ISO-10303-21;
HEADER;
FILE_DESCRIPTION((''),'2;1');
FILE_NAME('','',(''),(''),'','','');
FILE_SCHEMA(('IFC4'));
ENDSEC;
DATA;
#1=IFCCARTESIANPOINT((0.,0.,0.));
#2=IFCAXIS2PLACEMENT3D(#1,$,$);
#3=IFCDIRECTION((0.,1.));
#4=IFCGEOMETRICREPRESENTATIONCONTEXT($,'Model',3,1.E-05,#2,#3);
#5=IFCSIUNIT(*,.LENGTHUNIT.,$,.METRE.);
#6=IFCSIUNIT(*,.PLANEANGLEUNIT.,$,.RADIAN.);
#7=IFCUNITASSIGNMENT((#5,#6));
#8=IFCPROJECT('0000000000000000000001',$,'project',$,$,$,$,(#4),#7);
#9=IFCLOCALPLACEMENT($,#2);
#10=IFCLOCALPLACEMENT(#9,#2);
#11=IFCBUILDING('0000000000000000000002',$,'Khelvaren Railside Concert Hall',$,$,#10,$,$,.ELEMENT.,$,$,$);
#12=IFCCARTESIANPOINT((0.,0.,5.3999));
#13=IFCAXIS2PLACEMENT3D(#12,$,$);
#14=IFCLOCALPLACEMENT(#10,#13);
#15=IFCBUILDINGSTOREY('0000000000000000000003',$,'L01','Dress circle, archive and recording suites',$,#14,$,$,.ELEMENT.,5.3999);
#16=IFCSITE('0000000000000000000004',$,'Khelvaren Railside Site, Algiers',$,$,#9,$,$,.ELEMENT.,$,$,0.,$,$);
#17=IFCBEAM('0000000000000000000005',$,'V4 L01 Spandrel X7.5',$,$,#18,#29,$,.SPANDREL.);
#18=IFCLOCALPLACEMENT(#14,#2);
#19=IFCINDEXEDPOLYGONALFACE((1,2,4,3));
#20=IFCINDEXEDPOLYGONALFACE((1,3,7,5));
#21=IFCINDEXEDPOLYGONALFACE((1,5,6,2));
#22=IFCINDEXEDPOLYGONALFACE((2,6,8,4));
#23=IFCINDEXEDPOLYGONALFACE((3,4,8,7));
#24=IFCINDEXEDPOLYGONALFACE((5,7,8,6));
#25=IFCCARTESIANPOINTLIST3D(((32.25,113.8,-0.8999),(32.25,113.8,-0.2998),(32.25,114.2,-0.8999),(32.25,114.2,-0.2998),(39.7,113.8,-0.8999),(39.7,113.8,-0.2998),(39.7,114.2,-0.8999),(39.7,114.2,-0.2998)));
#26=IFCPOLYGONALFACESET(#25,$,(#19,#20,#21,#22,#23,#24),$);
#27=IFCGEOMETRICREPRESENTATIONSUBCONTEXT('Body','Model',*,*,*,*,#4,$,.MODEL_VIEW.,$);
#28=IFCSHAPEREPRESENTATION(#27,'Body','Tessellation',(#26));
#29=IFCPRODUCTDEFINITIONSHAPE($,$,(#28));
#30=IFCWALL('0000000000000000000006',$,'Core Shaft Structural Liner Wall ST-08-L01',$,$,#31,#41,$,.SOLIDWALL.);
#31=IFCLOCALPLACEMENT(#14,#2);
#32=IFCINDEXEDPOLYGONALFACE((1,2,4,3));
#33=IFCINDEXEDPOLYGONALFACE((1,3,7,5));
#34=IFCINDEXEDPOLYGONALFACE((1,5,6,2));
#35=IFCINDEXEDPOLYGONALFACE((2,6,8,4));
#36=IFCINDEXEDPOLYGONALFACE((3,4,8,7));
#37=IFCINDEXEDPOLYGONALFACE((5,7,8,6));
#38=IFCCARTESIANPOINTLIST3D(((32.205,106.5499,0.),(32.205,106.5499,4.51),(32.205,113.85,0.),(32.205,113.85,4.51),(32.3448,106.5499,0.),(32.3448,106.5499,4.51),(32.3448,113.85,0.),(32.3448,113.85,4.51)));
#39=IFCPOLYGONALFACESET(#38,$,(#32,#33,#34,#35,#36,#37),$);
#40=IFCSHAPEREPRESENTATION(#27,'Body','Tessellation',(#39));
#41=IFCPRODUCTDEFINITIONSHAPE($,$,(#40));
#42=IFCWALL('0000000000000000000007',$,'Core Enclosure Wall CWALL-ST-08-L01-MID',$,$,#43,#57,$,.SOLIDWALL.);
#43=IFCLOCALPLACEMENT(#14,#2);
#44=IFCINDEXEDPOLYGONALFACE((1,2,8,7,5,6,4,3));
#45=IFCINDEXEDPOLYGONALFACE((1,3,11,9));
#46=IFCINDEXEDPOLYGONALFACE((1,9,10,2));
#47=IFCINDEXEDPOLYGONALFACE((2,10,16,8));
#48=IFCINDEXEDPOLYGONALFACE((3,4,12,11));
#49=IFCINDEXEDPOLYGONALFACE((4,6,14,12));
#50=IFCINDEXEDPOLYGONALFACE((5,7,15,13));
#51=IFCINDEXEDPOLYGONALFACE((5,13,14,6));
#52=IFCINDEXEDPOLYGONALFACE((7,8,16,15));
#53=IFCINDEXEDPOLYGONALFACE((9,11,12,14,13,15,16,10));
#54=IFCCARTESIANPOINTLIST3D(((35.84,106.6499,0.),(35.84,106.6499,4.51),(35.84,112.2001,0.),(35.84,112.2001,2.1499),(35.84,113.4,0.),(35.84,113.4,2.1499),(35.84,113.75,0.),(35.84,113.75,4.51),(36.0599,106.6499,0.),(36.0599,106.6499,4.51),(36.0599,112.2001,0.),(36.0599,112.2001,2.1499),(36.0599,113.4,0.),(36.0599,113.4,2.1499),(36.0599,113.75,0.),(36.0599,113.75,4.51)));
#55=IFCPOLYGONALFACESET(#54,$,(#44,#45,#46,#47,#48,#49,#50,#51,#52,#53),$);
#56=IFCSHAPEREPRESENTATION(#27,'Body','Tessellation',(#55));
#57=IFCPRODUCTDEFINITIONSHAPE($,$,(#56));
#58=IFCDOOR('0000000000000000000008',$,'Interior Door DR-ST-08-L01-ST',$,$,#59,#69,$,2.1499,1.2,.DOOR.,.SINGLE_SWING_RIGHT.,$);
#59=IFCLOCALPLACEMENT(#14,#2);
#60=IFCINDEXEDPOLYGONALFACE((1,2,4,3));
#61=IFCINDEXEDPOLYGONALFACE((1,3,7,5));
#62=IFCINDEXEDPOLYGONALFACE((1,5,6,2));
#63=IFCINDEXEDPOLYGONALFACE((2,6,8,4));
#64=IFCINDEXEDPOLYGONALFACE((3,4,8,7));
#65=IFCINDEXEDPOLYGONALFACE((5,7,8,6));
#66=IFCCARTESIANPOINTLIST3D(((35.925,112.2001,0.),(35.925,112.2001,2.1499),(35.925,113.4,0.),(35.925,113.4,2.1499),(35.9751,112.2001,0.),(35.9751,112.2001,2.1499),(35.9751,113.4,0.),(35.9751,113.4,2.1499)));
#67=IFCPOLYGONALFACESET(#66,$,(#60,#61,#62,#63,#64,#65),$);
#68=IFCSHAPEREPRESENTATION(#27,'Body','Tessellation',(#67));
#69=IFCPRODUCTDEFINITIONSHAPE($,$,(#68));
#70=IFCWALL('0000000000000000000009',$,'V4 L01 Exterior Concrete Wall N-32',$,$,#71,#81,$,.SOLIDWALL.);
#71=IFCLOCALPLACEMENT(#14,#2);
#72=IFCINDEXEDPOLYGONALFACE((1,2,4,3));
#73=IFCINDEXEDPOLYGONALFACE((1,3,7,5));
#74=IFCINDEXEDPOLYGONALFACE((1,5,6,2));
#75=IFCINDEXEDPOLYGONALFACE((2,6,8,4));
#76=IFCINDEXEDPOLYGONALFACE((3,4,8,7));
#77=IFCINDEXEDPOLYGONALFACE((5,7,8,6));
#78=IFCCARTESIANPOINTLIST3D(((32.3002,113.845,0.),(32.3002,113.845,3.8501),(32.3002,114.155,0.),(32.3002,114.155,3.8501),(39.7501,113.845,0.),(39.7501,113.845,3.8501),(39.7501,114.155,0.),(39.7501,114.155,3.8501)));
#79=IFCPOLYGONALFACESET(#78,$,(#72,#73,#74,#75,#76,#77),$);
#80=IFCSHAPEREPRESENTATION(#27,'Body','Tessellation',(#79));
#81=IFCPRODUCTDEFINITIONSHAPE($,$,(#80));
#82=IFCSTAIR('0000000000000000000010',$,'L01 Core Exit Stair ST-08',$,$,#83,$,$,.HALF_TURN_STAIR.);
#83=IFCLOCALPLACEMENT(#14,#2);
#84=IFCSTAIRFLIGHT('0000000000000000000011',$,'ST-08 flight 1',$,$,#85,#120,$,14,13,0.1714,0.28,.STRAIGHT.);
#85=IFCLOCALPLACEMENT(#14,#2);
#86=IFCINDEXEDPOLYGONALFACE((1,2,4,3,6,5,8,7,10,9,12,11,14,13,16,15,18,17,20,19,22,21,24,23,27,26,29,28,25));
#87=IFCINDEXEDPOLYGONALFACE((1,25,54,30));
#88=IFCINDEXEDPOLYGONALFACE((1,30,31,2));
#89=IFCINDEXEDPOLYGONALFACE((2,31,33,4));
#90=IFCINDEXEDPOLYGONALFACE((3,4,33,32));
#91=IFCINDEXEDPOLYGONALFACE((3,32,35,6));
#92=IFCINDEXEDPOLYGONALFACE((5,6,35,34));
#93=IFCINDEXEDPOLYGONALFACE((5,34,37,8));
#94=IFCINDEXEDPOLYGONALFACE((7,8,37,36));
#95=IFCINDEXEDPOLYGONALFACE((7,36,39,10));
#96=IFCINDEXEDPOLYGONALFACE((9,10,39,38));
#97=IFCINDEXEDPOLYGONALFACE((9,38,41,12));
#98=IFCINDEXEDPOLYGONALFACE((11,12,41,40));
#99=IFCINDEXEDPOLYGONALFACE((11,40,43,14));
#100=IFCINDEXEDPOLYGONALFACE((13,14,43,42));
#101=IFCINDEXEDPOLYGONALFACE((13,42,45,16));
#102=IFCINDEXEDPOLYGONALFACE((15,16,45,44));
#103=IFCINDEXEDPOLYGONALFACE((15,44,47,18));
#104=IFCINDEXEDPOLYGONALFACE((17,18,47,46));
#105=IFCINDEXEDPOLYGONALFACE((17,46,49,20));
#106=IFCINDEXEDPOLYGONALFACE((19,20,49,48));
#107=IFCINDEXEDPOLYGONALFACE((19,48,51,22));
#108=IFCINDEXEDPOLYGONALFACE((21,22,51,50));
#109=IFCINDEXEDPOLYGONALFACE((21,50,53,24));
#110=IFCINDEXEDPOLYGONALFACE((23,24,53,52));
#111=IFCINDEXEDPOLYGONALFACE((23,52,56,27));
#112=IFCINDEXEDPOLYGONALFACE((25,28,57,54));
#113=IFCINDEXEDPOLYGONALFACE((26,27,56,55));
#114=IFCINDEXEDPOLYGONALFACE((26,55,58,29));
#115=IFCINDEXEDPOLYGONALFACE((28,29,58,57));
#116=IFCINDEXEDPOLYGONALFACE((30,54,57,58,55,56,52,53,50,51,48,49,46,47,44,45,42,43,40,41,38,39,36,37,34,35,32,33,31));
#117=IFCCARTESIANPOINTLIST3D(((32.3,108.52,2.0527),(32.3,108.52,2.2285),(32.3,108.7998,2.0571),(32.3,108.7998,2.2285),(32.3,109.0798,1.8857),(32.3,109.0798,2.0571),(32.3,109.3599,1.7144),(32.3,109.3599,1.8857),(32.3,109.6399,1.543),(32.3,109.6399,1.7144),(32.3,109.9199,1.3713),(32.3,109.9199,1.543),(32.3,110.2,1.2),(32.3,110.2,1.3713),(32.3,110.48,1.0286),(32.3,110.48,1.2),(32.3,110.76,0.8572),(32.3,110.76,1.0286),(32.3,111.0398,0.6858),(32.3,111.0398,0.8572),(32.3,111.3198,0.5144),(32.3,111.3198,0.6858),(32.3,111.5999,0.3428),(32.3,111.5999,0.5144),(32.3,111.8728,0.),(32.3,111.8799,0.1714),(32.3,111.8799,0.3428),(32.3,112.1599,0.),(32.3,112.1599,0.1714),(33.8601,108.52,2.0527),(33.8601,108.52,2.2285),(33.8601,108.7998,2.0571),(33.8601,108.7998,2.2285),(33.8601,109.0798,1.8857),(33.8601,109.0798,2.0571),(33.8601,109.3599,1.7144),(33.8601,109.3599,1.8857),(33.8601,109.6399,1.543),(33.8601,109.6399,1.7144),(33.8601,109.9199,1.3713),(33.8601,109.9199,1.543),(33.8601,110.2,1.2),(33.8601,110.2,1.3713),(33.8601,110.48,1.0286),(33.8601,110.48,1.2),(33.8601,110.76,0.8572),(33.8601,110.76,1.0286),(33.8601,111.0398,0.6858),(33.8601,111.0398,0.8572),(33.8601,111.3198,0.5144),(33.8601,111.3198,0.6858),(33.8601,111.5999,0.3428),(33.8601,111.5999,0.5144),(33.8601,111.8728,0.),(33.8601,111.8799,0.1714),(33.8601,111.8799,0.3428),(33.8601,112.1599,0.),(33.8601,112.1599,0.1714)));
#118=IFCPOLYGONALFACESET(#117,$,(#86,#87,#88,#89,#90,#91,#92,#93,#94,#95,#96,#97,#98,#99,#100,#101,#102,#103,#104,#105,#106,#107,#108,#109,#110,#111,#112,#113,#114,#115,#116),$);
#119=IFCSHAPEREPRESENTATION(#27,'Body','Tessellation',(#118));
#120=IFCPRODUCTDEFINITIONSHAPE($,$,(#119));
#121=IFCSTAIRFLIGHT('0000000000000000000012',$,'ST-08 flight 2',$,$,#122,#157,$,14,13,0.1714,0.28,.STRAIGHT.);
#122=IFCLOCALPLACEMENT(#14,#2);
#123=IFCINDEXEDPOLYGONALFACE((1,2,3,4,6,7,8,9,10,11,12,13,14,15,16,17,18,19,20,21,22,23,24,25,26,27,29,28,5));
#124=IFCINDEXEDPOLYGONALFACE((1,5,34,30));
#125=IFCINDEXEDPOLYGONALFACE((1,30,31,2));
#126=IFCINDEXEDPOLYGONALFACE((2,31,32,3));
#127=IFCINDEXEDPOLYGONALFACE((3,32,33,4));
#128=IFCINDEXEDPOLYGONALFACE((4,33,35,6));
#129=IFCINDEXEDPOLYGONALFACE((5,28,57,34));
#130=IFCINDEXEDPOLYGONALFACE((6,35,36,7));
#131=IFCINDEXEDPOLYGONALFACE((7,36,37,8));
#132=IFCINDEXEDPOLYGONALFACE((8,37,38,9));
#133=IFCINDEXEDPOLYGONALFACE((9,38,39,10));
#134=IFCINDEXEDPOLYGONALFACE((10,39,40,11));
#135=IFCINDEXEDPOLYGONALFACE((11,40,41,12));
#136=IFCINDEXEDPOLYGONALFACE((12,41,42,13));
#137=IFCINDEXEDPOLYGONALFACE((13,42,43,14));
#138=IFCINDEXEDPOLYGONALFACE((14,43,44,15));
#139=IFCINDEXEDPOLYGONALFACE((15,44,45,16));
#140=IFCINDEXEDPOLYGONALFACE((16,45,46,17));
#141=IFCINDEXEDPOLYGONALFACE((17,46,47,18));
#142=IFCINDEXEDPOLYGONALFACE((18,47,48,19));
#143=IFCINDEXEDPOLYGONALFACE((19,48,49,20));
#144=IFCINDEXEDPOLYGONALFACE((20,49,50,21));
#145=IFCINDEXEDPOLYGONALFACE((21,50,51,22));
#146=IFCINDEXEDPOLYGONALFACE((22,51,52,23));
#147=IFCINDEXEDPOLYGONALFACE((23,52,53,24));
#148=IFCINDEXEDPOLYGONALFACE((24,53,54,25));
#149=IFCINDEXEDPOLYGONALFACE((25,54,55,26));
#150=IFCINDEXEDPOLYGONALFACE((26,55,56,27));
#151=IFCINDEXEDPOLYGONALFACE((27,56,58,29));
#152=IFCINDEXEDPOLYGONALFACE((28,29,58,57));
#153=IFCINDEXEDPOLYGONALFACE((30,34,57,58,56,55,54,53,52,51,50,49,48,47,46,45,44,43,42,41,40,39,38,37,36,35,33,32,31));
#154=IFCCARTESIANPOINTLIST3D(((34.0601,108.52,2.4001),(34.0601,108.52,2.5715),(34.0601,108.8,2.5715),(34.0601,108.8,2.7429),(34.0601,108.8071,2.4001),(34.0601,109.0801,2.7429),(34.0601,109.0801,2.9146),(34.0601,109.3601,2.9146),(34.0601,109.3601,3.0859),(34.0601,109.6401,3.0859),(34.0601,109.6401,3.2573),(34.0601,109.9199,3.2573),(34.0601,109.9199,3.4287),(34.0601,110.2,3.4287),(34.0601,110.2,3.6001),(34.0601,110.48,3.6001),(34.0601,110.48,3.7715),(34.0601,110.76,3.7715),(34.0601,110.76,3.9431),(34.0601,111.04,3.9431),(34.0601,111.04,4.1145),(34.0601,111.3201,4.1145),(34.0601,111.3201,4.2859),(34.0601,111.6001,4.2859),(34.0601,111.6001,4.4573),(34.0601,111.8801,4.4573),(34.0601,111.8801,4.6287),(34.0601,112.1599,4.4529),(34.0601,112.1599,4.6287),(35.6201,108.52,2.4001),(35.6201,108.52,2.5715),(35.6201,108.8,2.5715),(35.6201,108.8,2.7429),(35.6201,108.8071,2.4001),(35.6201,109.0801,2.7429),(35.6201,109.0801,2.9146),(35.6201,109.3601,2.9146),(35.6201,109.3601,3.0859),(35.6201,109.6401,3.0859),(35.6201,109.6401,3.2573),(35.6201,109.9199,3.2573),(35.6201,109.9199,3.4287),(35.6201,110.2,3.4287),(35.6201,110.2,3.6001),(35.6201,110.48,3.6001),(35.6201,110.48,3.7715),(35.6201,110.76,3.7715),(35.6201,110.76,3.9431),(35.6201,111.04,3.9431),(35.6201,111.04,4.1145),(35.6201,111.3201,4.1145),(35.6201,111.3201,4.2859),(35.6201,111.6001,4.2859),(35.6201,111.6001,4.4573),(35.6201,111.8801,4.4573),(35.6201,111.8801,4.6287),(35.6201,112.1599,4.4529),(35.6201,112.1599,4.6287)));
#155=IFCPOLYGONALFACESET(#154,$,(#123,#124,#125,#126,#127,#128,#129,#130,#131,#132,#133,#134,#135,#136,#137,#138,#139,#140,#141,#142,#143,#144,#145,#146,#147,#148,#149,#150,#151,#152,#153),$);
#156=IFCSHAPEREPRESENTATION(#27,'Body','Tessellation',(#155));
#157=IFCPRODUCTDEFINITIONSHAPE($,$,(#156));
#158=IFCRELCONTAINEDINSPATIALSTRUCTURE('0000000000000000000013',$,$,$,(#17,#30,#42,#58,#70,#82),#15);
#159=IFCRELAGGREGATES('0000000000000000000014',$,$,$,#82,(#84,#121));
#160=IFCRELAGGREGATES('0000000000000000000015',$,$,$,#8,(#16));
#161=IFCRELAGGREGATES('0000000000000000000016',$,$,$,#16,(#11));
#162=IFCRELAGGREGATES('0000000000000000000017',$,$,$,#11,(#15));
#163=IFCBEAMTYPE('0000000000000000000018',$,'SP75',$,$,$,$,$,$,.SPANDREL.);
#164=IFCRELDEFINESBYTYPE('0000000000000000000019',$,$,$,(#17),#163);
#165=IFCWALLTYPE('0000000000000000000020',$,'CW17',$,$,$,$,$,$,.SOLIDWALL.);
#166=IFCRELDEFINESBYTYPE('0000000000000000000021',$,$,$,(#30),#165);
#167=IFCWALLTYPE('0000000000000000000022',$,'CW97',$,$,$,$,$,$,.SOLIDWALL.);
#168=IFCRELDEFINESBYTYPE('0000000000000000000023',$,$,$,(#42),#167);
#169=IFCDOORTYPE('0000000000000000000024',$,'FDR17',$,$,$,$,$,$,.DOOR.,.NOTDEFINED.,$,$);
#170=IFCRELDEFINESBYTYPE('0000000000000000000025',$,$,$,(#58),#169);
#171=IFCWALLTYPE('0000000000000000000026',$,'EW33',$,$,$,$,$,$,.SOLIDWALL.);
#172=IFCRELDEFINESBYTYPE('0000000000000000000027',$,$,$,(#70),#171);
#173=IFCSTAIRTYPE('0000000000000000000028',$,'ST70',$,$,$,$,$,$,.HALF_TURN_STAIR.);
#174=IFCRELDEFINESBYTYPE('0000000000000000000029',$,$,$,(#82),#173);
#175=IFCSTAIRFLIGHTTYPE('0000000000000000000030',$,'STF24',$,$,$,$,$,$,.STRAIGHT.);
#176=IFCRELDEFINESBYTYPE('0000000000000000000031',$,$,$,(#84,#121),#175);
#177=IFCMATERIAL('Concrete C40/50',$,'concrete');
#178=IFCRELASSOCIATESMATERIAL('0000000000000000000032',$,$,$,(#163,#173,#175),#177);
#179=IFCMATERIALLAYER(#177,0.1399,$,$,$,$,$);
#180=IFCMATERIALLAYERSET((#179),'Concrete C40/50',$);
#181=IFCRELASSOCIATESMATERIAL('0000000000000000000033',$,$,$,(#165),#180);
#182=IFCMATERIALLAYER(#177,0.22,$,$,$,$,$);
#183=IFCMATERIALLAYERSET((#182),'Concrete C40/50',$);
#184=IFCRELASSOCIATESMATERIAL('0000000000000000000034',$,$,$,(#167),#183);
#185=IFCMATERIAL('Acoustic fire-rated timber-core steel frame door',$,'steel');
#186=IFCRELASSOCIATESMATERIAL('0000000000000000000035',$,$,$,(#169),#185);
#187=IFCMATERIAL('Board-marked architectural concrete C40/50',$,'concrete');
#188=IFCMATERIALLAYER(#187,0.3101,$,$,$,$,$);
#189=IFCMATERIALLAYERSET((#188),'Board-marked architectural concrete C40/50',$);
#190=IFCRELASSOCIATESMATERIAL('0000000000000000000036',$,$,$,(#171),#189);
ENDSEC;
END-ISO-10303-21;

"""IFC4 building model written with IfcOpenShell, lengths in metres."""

from ifc_helpers import new_model, si_unit, direction, frame, frame_2d, origin, origin_2d, place, context, subcontext, project, spatial, polyline, rectangle, outline, extrude, material, layer, layer_set, material_profile, profile_set, type_object, element, fill, aggregate, save


model = new_model("IFC4")

# Units and contexts
model_context = context("Model", 3, precision=1e-05, world=origin(), true_north=direction((0.0, 1.0)))
body_context = subcontext(model_context, "Body", "Model", "MODEL_VIEW")
ifc_project = project(units=[si_unit("LENGTHUNIT", "METRE"), si_unit("PLANEANGLEUNIT", "RADIAN")], contexts=[model_context])

# Site, building, storey
site_placement = place(None, origin())
site = spatial("IfcSite", under=ifc_project, at=site_placement, Name="Khelvaren Railside Site, Algiers", CompositionType="ELEMENT", RefElevation=0.0)
building_placement = place(site_placement, origin())
building = spatial("IfcBuilding", under=site, at=building_placement, Name="Khelvaren Railside Concert Hall", CompositionType="ELEMENT")
storey_placement = place(building_placement, frame((0.0, 0.0, 5.3999)))
storey = spatial("IfcBuildingStorey", under=building, at=storey_placement, Name="L01", Description="Dress circle, archive and recording suites", CompositionType="ELEMENT", Elevation=5.3999)

# Beam
ifc_material_1 = material(Name="Concrete C40/50", Category="concrete")
ifc_material_profile_1 = material_profile(ifc_material_1, rectangle(XDim=0.3999, YDim=0.6001, at=origin_2d()), Name="RCB 400x600")
ifc_profile_set_1 = profile_set([ifc_material_profile_1], Name="Concrete C40/50")
beam_type_1 = type_object("IfcBeamType", Name="SP75", PredefinedType="SPANDREL", material=ifc_profile_set_1)
beam_1_placement = place(storey_placement, frame((32.25, 114.0, -0.5999), z_axis=(1.0, 0.0, 0.0), x_axis=(0.0, 1.0, 0.0)))
element("IfcBeam", 1, at=beam_1_placement, inside=storey, type_object=beam_type_1, Name="V4 L01 Spandrel X7.5", PredefinedType="SPANDREL", context=body_context, shape_type="SweptSolid", body=[
    extrude(rectangle(XDim=0.3999, YDim=0.6001, at=origin_2d()), origin(), (0.0, 0.0, 1.0), 7.45),
])

# Wall
ifc_layer_1 = layer(ifc_material_1, 0.1399)
ifc_layer_set_1 = layer_set([ifc_layer_1], Name="Concrete C40/50")
wall_type_1 = type_object("IfcWallType", Name="CW17", PredefinedType="SOLIDWALL", material=ifc_layer_set_1)
wall_1_placement = place(storey_placement, frame((32.2749, 106.55, 0.0), z_axis=(0.0, 0.0, 1.0), x_axis=(0.0, 1.0, 0.0)))
element("IfcWall", 2, at=wall_1_placement, inside=storey, type_object=wall_type_1, Name="Core Shaft Structural Liner Wall ST-08-L01", PredefinedType="SOLIDWALL", context=body_context, shape_type="SweptSolid", body=[
    extrude(rectangle(XDim=7.3, YDim=0.1399, at=frame_2d((3.6499, 0.0))), origin(), (0.0, 0.0, 1.0), 4.51),
])

# Wall, opening, door
ifc_layer_2 = layer(ifc_material_1, 0.22)
ifc_layer_set_2 = layer_set([ifc_layer_2], Name="Concrete C40/50")
wall_type_2 = type_object("IfcWallType", Name="CW97", PredefinedType="SOLIDWALL", material=ifc_layer_set_2)
wall_2_placement = place(storey_placement, frame((35.95, 106.6499, 0.0), z_axis=(0.0, 0.0, 1.0), x_axis=(0.0, 1.0, 0.0)))
wall_2 = element("IfcWall", 3, at=wall_2_placement, inside=storey, type_object=wall_type_2, Name="Core Enclosure Wall CWALL-ST-08-L01-MID", PredefinedType="SOLIDWALL", context=body_context, shape_type="SweptSolid", body=[
    extrude(rectangle(XDim=7.1001, YDim=0.22, at=frame_2d((3.55, 0.0))), origin(), (0.0, 0.0, 1.0), 4.51),
])
opening_placement = place(wall_2_placement, frame((5.55, 0.0, 0.0)))
opening = element("IfcOpeningElement", 4, at=opening_placement, cuts=wall_2, PredefinedType="OPENING", context=body_context, shape_type="SweptSolid", body=[
    extrude(rectangle(XDim=1.2, YDim=2.1499, at=frame_2d((0.6001, 1.075))), frame((0.0, 0.1199, 0.0), z_axis=(0.0, -1.0, 0.0), x_axis=(1.0, 0.0, 0.0)), (0.0, 0.0, 1.0), 0.24),
])
ifc_material_2 = material(Name="Acoustic fire-rated timber-core steel frame door", Category="steel")
door_type = type_object("IfcDoorType", Name="FDR17", OperationType="NOTDEFINED", PredefinedType="DOOR", material=ifc_material_2)
door_placement = place(opening_placement, origin())
door = element("IfcDoor", 5, at=door_placement, inside=storey, type_object=door_type, Name="Interior Door DR-ST-08-L01-ST", OperationType="SINGLE_SWING_RIGHT", OverallHeight=2.1499, OverallWidth=1.2, PredefinedType="DOOR", context=body_context, shape_type="SweptSolid", body=[
    extrude(rectangle(XDim=1.2, YDim=2.1499, at=frame_2d((0.6001, 1.075))), frame((0.0, 0.0249, 0.0), z_axis=(0.0, -1.0, 0.0), x_axis=(1.0, 0.0, 0.0)), (0.0, 0.0, 1.0), 0.05),
])
fill(opening, door)

# Wall
ifc_material_3 = material(Name="Board-marked architectural concrete C40/50", Category="concrete")
ifc_layer_3 = layer(ifc_material_3, 0.3101)
ifc_layer_set_3 = layer_set([ifc_layer_3], Name="Board-marked architectural concrete C40/50")
wall_type_3 = type_object("IfcWallType", Name="EW33", PredefinedType="SOLIDWALL", material=ifc_layer_set_3)
wall_3_placement = place(storey_placement, frame((32.3, 114.0, 0.0), z_axis=(0.0, 0.0, 1.0), x_axis=(1.0, 0.0, 0.0)))
element("IfcWall", 6, at=wall_3_placement, inside=storey, type_object=wall_type_3, Name="V4 L01 Exterior Concrete Wall N-32", PredefinedType="SOLIDWALL", context=body_context, shape_type="SweptSolid", body=[
    extrude(rectangle(XDim=7.45, YDim=0.3101, at=frame_2d((3.7251, 0.0))), origin(), (0.0, 0.0, 1.0), 3.8501),
])

# Stair, stair flights
stair_type = type_object("IfcStairType", Name="ST70", PredefinedType="HALF_TURN_STAIR", material=ifc_material_1)
stair_placement = place(storey_placement, origin())
stair = element("IfcStair", 7, at=stair_placement, inside=storey, type_object=stair_type, Name="L01 Core Exit Stair ST-08", PredefinedType="HALF_TURN_STAIR")
stair_flight_type = type_object("IfcStairFlightType", Name="STF24", PredefinedType="STRAIGHT", material=ifc_material_1)
stair_flight_1_placement = place(storey_placement, frame((33.0801, 112.1599, 0.0), z_axis=(0.0, 0.0, 1.0), x_axis=(0.0, -1.0, 0.0)))
stair_flight_1 = element("IfcStairFlight", 8, at=stair_flight_1_placement, type_object=stair_flight_type, Name="ST-08 flight 1", NumberOfRisers=14, NumberOfTreads=13, PredefinedType="STRAIGHT", RiserHeight=0.1714, TreadLength=0.28, context=body_context, shape_type="SweptSolid", body=[
    extrude(outline(polyline([(0.0, 0.0), (0.0, 0.1714), (0.28, 0.1714), (0.28, 0.3428), (0.5601, 0.3428), (0.5601, 0.5144), (0.8401, 0.5144), (0.8401, 0.6858), (1.1201, 0.6858), (1.1201, 0.8572), (1.3999, 0.8572), (1.3999, 1.0286), (1.6799, 1.0286), (1.6799, 1.2), (1.96, 1.2), (1.96, 1.3713), (2.24, 1.3713), (2.24, 1.543), (2.52, 1.543), (2.52, 1.7144), (2.8, 1.7144), (2.8, 1.8857), (3.0801, 1.8857), (3.0801, 2.0571), (3.3601, 2.0571), (3.3601, 2.2285), (3.6399, 2.2285), (3.6399, 2.3999), (3.6399, 2.0527), (0.2871, 0.0), (0.0, 0.0)])), frame((0.0, 0.78, 0.0), z_axis=(0.0, -1.0, 0.0), x_axis=(1.0, 0.0, 0.0)), (0.0, 0.0, 1.0), 1.5601),
])
stair_flight_2_placement = place(storey_placement, frame((34.8401, 108.52, 2.4001), z_axis=(0.0, 0.0, 1.0), x_axis=(0.0, 1.0, 0.0)))
stair_flight_2 = element("IfcStairFlight", 9, at=stair_flight_2_placement, type_object=stair_flight_type, Name="ST-08 flight 2", NumberOfRisers=14, NumberOfTreads=13, PredefinedType="STRAIGHT", RiserHeight=0.1714, TreadLength=0.28, context=body_context, shape_type="SweptSolid", body=[
    extrude(outline(polyline([(0.0, 0.0), (0.0, 0.1714), (0.28, 0.1714), (0.28, 0.3428), (0.5601, 0.3428), (0.5601, 0.5144), (0.8401, 0.5144), (0.8401, 0.6858), (1.1201, 0.6858), (1.1201, 0.8572), (1.3999, 0.8572), (1.3999, 1.0286), (1.6799, 1.0286), (1.6799, 1.2), (1.96, 1.2), (1.96, 1.3713), (2.24, 1.3713), (2.24, 1.543), (2.52, 1.543), (2.52, 1.7144), (2.8, 1.7144), (2.8, 1.8857), (3.0801, 1.8857), (3.0801, 2.0571), (3.3601, 2.0571), (3.3601, 2.2285), (3.6399, 2.2285), (3.6399, 2.3999), (3.6399, 2.0527), (0.2871, 0.0), (0.0, 0.0)])), frame((0.0, 0.78, 0.0), z_axis=(0.0, -1.0, 0.0), x_axis=(1.0, 0.0, 0.0)), (0.0, 0.0, 1.0), 1.5601),
])
aggregate(stair, [stair_flight_1, stair_flight_2])

save(model, "model.ifc")
